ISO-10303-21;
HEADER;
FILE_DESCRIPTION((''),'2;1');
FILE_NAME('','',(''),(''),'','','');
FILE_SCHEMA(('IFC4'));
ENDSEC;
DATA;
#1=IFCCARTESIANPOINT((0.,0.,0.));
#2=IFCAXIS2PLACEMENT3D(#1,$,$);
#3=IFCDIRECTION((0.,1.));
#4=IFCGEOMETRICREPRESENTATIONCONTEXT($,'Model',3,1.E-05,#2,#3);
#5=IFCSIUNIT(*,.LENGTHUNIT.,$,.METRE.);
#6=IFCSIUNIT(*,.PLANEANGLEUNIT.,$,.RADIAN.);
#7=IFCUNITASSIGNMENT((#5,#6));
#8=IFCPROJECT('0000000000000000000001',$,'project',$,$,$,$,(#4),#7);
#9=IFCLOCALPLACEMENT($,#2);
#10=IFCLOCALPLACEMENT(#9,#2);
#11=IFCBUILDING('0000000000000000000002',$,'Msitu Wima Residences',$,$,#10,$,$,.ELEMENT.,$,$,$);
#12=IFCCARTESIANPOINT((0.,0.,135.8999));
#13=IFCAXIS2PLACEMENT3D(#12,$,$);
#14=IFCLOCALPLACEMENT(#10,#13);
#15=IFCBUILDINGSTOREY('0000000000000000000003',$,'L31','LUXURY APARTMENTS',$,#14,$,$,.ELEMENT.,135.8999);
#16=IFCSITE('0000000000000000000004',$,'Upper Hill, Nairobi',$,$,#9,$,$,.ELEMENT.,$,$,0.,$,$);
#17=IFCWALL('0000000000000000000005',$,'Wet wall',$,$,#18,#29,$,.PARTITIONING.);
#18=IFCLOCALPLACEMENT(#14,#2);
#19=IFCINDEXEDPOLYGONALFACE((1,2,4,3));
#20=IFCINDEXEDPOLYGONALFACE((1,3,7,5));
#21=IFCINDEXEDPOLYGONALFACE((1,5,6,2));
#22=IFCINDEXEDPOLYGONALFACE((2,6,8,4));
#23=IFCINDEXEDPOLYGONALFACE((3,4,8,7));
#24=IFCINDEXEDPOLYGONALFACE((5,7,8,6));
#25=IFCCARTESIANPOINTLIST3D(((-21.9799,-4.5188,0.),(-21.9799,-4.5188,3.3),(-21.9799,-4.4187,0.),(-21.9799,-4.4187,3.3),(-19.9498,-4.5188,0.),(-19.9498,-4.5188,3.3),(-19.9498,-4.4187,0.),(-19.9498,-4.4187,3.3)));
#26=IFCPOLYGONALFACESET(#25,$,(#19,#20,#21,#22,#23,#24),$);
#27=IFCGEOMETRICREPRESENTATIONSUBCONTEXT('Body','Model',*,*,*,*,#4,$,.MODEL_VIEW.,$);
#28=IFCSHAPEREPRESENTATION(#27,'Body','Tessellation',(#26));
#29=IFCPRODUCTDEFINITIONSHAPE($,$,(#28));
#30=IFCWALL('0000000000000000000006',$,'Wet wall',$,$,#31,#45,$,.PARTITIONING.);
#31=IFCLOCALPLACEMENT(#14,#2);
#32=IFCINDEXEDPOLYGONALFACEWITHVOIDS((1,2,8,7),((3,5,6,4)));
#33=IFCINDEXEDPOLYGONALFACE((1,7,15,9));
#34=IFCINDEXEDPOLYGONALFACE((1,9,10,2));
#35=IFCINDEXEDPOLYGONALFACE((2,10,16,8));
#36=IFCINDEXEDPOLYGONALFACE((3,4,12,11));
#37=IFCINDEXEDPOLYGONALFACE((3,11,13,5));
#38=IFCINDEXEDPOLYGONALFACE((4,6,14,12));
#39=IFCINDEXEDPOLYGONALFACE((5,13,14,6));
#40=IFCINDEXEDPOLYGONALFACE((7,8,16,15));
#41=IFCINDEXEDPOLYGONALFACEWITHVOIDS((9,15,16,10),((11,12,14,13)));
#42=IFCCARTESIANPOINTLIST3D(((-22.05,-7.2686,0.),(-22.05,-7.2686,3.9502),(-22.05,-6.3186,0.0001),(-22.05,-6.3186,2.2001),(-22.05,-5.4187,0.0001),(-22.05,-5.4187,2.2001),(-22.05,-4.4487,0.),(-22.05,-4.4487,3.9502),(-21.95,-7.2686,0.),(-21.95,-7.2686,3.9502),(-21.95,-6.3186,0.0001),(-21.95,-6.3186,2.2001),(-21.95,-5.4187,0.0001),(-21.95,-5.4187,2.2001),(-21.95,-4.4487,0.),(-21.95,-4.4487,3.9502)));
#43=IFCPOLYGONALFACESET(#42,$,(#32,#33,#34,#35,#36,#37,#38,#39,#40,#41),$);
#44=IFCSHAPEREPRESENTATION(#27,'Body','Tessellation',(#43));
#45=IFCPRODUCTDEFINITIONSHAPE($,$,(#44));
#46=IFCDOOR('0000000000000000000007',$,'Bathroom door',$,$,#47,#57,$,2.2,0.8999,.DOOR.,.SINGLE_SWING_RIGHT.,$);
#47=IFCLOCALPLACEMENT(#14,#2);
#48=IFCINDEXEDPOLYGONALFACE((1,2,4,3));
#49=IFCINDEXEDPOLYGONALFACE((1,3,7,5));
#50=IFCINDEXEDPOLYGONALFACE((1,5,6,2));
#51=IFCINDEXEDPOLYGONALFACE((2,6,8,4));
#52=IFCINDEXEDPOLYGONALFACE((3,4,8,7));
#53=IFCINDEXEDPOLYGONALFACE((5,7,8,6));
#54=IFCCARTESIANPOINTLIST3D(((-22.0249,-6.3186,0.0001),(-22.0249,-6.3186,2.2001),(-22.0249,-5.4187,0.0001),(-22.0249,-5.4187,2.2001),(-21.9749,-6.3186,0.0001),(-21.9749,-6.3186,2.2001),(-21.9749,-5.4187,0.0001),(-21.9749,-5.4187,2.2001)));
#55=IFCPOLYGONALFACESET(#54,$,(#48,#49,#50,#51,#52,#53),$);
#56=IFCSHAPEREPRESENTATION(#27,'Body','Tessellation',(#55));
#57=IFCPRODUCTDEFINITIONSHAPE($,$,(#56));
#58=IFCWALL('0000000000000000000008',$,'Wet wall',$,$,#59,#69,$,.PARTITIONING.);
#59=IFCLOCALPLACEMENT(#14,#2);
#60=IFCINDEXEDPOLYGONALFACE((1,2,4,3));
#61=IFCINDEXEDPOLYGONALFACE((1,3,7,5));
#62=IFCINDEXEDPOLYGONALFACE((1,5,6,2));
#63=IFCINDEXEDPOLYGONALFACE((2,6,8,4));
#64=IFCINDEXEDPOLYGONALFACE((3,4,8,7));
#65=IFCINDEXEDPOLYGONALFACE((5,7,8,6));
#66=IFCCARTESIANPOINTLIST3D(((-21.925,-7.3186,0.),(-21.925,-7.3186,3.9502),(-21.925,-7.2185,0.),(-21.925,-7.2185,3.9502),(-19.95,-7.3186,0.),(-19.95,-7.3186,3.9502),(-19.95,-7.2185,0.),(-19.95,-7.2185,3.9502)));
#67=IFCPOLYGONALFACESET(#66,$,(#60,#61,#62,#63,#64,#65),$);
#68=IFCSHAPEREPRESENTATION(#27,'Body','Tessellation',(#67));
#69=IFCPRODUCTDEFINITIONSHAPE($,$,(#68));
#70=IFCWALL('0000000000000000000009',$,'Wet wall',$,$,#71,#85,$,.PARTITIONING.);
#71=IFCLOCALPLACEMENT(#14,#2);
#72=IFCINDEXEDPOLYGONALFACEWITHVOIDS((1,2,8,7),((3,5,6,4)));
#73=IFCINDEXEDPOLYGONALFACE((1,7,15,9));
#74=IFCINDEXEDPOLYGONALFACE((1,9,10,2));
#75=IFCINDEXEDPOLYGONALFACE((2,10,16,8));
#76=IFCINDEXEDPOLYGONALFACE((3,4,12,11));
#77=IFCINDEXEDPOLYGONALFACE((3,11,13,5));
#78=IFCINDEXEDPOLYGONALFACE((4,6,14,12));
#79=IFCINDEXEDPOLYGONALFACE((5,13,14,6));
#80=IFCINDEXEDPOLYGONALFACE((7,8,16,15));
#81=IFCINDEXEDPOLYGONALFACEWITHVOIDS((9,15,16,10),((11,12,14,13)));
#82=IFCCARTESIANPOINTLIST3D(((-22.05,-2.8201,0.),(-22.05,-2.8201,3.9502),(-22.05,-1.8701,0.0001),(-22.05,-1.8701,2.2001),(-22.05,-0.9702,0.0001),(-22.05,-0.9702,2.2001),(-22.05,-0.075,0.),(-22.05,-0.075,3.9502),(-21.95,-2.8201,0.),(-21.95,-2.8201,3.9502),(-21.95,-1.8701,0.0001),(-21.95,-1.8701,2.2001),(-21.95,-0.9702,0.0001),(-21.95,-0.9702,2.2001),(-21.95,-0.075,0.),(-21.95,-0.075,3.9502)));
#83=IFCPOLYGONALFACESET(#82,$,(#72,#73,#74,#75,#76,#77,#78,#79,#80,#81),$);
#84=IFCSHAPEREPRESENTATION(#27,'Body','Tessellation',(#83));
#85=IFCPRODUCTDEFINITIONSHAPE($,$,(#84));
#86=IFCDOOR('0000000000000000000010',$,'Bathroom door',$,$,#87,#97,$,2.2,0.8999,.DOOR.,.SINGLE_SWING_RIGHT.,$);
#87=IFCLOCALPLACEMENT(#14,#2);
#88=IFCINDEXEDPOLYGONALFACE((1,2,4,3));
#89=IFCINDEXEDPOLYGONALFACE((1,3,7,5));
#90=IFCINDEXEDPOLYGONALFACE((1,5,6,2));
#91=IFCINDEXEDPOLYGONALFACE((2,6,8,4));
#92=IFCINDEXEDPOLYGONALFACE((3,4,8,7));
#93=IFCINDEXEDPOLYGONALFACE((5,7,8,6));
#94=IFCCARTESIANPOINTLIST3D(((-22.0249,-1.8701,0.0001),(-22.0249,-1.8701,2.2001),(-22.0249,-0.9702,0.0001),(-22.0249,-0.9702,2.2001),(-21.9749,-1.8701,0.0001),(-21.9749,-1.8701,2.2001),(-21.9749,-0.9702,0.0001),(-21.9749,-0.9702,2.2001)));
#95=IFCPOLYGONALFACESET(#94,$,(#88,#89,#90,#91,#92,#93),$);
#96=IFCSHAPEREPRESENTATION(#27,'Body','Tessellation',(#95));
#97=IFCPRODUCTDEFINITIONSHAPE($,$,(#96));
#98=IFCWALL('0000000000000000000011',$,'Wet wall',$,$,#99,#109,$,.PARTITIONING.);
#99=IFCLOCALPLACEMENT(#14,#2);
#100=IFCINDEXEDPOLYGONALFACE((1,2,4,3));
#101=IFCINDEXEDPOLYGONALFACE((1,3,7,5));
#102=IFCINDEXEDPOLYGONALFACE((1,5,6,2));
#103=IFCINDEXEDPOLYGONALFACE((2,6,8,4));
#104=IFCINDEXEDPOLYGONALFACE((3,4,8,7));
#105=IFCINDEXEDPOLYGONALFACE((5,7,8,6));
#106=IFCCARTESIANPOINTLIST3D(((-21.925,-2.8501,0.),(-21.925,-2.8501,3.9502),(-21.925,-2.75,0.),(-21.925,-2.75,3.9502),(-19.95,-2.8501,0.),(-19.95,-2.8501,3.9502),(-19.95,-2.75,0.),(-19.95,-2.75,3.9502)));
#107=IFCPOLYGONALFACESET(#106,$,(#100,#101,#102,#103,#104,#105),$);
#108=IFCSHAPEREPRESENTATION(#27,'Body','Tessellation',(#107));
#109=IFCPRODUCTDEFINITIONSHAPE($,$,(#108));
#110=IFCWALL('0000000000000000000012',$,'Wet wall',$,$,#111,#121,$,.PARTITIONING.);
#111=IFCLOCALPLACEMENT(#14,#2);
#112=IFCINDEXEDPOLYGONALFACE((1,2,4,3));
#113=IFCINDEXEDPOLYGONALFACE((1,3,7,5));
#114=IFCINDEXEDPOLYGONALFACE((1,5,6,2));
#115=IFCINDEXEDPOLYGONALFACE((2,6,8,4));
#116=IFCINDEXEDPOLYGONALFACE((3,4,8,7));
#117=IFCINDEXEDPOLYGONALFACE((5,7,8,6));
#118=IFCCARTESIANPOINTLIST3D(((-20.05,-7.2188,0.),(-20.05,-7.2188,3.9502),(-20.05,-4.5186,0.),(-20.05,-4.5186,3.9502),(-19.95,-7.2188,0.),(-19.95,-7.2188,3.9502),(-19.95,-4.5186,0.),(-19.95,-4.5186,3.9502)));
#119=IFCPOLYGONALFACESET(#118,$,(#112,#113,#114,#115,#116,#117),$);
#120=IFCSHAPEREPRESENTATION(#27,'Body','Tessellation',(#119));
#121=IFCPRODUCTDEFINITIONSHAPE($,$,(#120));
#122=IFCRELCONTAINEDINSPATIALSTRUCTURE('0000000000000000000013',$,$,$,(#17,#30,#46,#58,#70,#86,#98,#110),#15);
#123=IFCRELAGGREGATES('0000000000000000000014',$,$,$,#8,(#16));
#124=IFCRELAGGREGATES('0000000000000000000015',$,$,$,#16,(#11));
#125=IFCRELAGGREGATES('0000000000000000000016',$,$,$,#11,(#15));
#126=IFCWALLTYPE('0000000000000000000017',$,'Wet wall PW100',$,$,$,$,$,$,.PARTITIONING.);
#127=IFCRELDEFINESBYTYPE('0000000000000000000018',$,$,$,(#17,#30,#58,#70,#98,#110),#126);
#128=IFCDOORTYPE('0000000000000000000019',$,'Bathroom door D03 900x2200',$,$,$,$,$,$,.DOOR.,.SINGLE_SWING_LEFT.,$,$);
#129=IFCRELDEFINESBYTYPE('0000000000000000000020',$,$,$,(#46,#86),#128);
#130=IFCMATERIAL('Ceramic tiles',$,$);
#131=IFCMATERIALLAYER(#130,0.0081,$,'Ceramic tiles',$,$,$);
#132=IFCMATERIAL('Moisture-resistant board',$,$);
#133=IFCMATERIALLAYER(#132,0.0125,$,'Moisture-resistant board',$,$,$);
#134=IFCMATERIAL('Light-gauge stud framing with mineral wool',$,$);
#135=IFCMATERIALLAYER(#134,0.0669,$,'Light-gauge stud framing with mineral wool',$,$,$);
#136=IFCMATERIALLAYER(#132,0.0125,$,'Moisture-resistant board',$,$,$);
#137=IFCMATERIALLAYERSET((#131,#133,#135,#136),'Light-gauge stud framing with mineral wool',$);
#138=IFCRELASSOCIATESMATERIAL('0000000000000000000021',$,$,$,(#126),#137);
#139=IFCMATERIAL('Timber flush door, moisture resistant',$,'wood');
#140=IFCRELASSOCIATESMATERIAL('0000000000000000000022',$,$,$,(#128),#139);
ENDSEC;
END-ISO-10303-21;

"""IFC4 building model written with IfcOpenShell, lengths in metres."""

from ifc_helpers import new_model, si_unit, direction, frame, frame_2d, origin, place, context, subcontext, project, spatial, rectangle, extrude, material, layer, layer_set, type_object, element, fill, save


model = new_model("IFC4")

# Units and contexts
model_context = context("Model", 3, precision=1e-05, world=origin(), true_north=direction((0.0, 1.0)))
body_context = subcontext(model_context, "Body", "Model", "MODEL_VIEW")
ifc_project = project(units=[si_unit("LENGTHUNIT", "METRE"), si_unit("PLANEANGLEUNIT", "RADIAN")], contexts=[model_context])

# Site, building, storey
site_placement = place(None, origin())
site = spatial("IfcSite", under=ifc_project, at=site_placement, Name="Upper Hill, Nairobi", CompositionType="ELEMENT", RefElevation=0.0)
building_placement = place(site_placement, origin())
building = spatial("IfcBuilding", under=site, at=building_placement, Name="Msitu Wima Residences", CompositionType="ELEMENT")
storey_placement = place(building_placement, frame((0.0, 0.0, 135.8999)))
storey = spatial("IfcBuildingStorey", under=building, at=storey_placement, Name="L31", Description="LUXURY APARTMENTS", CompositionType="ELEMENT", Elevation=135.8999)

# Wall
ifc_material_1 = material(Name="Ceramic tiles")
ifc_layer_1 = layer(ifc_material_1, 0.0081, Name="Ceramic tiles")
ifc_material_2 = material(Name="Moisture-resistant board")
ifc_layer_2 = layer(ifc_material_2, 0.0125, Name="Moisture-resistant board")
ifc_material_3 = material(Name="Light-gauge stud framing with mineral wool")
ifc_layer_3 = layer(ifc_material_3, 0.0669, Name="Light-gauge stud framing with mineral wool")
ifc_layer_4 = layer(ifc_material_2, 0.0125, Name="Moisture-resistant board")
ifc_layer_set_1 = layer_set([ifc_layer_1, ifc_layer_2, ifc_layer_3, ifc_layer_4], Name="Light-gauge stud framing with mineral wool")
wall_type_1 = type_object("IfcWallType", Name="Wet wall PW100", PredefinedType="PARTITIONING", material=ifc_layer_set_1)
wall_1_placement = place(storey_placement, frame((-21.98, -4.4688, 0.0), z_axis=(0.0, 0.0, 1.0), x_axis=(1.0, 0.0, 0.0)))
element("IfcWall", 1, at=wall_1_placement, inside=storey, type_object=wall_type_1, Name="Wet wall", PredefinedType="PARTITIONING", context=body_context, shape_type="SweptSolid", body=[
    extrude(rectangle(XDim=2.03, YDim=0.1001, at=frame_2d((1.0151, 0.0))), origin(), (0.0, 0.0, 1.0), 3.3),
])

# Wall, opening, door
wall_2_placement = place(storey_placement, frame((-22.0, -7.2686, 0.0), z_axis=(0.0, 0.0, 1.0), x_axis=(0.0, 1.0, 0.0)))
wall_2 = element("IfcWall", 2, at=wall_2_placement, inside=storey, type_object=wall_type_1, Name="Wet wall", PredefinedType="PARTITIONING", context=body_context, shape_type="SweptSolid", body=[
    extrude(rectangle(XDim=2.8198, YDim=0.1001, at=frame_2d((1.4099, 0.0))), origin(), (0.0, 0.0, 1.0), 3.9502),
])
opening_1_placement = place(wall_2_placement, frame((0.95, 0.0, 0.0)))
opening_1 = element("IfcOpeningElement", 3, at=opening_1_placement, cuts=wall_2, PredefinedType="OPENING", context=body_context, shape_type="SweptSolid", body=[
    extrude(rectangle(XDim=0.8999, YDim=2.2, at=frame_2d((0.45, 1.1001))), frame((0.0, 0.0601, 0.0), z_axis=(0.0, -1.0, 0.0), x_axis=(1.0, 0.0, 0.0)), (0.0, 0.0, 1.0), 0.1201),
])
ifc_material_4 = material(Name="Timber flush door, moisture resistant", Category="wood")
door_type_1 = type_object("IfcDoorType", Name="Bathroom door D03 900x2200", OperationType="SINGLE_SWING_LEFT", PredefinedType="DOOR", material=ifc_material_4)
door_1_placement = place(opening_1_placement, origin())
door_1 = element("IfcDoor", 4, at=door_1_placement, inside=storey, type_object=door_type_1, Name="Bathroom door", OperationType="SINGLE_SWING_RIGHT", OverallHeight=2.2, OverallWidth=0.8999, PredefinedType="DOOR", context=body_context, shape_type="SweptSolid", body=[
    extrude(rectangle(XDim=0.8999, YDim=2.2, at=frame_2d((0.45, 1.1001))), frame((0.0, 0.0249, 0.0), z_axis=(0.0, -1.0, 0.0), x_axis=(1.0, 0.0, 0.0)), (0.0, 0.0, 1.0), 0.05),
])
fill(opening_1, door_1)

# Wall
wall_3_placement = place(storey_placement, frame((-21.925, -7.2686, 0.0), z_axis=(0.0, 0.0, 1.0), x_axis=(1.0, 0.0, 0.0)))
element("IfcWall", 5, at=wall_3_placement, inside=storey, type_object=wall_type_1, Name="Wet wall", PredefinedType="PARTITIONING", context=body_context, shape_type="SweptSolid", body=[
    extrude(rectangle(XDim=1.9751, YDim=0.1001, at=frame_2d((0.9875, 0.0))), origin(), (0.0, 0.0, 1.0), 3.9502),
])

# Wall, opening, door
wall_4_placement = place(storey_placement, frame((-22.0, -2.8201, 0.0), z_axis=(0.0, 0.0, 1.0), x_axis=(0.0, 1.0, 0.0)))
wall_4 = element("IfcWall", 6, at=wall_4_placement, inside=storey, type_object=wall_type_1, Name="Wet wall", PredefinedType="PARTITIONING", context=body_context, shape_type="SweptSolid", body=[
    extrude(rectangle(XDim=2.7451, YDim=0.1001, at=frame_2d((1.3726, 0.0))), origin(), (0.0, 0.0, 1.0), 3.9502),
])
opening_2_placement = place(wall_4_placement, frame((0.95, 0.0, 0.0)))
opening_2 = element("IfcOpeningElement", 7, at=opening_2_placement, cuts=wall_4, PredefinedType="OPENING", context=body_context, shape_type="SweptSolid", body=[
    extrude(rectangle(XDim=0.8999, YDim=2.2, at=frame_2d((0.45, 1.1001))), frame((0.0, 0.0601, 0.0), z_axis=(0.0, -1.0, 0.0), x_axis=(1.0, 0.0, 0.0)), (0.0, 0.0, 1.0), 0.1201),
])
door_2_placement = place(opening_2_placement, origin())
door_2 = element("IfcDoor", 8, at=door_2_placement, inside=storey, type_object=door_type_1, Name="Bathroom door", OperationType="SINGLE_SWING_RIGHT", OverallHeight=2.2, OverallWidth=0.8999, PredefinedType="DOOR", context=body_context, shape_type="SweptSolid", body=[
    extrude(rectangle(XDim=0.8999, YDim=2.2, at=frame_2d((0.45, 1.1001))), frame((0.0, 0.0249, 0.0), z_axis=(0.0, -1.0, 0.0), x_axis=(1.0, 0.0, 0.0)), (0.0, 0.0, 1.0), 0.05),
])
fill(opening_2, door_2)

# Walls
wall_5_placement = place(storey_placement, frame((-21.925, -2.8, 0.0), z_axis=(0.0, 0.0, 1.0), x_axis=(1.0, 0.0, 0.0)))
element("IfcWall", 9, at=wall_5_placement, inside=storey, type_object=wall_type_1, Name="Wet wall", PredefinedType="PARTITIONING", context=body_context, shape_type="SweptSolid", body=[
    extrude(rectangle(XDim=1.9751, YDim=0.1001, at=frame_2d((0.9875, 0.0))), origin(), (0.0, 0.0, 1.0), 3.9502),
])
wall_6_placement = place(storey_placement, frame((-20.0, -7.2188, 0.0), z_axis=(0.0, 0.0, 1.0), x_axis=(0.0, 1.0, 0.0)))
element("IfcWall", 10, at=wall_6_placement, inside=storey, type_object=wall_type_1, Name="Wet wall", PredefinedType="PARTITIONING", context=body_context, shape_type="SweptSolid", body=[
    extrude(rectangle(XDim=2.7002, YDim=0.1001, at=frame_2d((1.3501, 0.0))), origin(), (0.0, 0.0, 1.0), 3.9502),
])

save(model, "model.ifc")
